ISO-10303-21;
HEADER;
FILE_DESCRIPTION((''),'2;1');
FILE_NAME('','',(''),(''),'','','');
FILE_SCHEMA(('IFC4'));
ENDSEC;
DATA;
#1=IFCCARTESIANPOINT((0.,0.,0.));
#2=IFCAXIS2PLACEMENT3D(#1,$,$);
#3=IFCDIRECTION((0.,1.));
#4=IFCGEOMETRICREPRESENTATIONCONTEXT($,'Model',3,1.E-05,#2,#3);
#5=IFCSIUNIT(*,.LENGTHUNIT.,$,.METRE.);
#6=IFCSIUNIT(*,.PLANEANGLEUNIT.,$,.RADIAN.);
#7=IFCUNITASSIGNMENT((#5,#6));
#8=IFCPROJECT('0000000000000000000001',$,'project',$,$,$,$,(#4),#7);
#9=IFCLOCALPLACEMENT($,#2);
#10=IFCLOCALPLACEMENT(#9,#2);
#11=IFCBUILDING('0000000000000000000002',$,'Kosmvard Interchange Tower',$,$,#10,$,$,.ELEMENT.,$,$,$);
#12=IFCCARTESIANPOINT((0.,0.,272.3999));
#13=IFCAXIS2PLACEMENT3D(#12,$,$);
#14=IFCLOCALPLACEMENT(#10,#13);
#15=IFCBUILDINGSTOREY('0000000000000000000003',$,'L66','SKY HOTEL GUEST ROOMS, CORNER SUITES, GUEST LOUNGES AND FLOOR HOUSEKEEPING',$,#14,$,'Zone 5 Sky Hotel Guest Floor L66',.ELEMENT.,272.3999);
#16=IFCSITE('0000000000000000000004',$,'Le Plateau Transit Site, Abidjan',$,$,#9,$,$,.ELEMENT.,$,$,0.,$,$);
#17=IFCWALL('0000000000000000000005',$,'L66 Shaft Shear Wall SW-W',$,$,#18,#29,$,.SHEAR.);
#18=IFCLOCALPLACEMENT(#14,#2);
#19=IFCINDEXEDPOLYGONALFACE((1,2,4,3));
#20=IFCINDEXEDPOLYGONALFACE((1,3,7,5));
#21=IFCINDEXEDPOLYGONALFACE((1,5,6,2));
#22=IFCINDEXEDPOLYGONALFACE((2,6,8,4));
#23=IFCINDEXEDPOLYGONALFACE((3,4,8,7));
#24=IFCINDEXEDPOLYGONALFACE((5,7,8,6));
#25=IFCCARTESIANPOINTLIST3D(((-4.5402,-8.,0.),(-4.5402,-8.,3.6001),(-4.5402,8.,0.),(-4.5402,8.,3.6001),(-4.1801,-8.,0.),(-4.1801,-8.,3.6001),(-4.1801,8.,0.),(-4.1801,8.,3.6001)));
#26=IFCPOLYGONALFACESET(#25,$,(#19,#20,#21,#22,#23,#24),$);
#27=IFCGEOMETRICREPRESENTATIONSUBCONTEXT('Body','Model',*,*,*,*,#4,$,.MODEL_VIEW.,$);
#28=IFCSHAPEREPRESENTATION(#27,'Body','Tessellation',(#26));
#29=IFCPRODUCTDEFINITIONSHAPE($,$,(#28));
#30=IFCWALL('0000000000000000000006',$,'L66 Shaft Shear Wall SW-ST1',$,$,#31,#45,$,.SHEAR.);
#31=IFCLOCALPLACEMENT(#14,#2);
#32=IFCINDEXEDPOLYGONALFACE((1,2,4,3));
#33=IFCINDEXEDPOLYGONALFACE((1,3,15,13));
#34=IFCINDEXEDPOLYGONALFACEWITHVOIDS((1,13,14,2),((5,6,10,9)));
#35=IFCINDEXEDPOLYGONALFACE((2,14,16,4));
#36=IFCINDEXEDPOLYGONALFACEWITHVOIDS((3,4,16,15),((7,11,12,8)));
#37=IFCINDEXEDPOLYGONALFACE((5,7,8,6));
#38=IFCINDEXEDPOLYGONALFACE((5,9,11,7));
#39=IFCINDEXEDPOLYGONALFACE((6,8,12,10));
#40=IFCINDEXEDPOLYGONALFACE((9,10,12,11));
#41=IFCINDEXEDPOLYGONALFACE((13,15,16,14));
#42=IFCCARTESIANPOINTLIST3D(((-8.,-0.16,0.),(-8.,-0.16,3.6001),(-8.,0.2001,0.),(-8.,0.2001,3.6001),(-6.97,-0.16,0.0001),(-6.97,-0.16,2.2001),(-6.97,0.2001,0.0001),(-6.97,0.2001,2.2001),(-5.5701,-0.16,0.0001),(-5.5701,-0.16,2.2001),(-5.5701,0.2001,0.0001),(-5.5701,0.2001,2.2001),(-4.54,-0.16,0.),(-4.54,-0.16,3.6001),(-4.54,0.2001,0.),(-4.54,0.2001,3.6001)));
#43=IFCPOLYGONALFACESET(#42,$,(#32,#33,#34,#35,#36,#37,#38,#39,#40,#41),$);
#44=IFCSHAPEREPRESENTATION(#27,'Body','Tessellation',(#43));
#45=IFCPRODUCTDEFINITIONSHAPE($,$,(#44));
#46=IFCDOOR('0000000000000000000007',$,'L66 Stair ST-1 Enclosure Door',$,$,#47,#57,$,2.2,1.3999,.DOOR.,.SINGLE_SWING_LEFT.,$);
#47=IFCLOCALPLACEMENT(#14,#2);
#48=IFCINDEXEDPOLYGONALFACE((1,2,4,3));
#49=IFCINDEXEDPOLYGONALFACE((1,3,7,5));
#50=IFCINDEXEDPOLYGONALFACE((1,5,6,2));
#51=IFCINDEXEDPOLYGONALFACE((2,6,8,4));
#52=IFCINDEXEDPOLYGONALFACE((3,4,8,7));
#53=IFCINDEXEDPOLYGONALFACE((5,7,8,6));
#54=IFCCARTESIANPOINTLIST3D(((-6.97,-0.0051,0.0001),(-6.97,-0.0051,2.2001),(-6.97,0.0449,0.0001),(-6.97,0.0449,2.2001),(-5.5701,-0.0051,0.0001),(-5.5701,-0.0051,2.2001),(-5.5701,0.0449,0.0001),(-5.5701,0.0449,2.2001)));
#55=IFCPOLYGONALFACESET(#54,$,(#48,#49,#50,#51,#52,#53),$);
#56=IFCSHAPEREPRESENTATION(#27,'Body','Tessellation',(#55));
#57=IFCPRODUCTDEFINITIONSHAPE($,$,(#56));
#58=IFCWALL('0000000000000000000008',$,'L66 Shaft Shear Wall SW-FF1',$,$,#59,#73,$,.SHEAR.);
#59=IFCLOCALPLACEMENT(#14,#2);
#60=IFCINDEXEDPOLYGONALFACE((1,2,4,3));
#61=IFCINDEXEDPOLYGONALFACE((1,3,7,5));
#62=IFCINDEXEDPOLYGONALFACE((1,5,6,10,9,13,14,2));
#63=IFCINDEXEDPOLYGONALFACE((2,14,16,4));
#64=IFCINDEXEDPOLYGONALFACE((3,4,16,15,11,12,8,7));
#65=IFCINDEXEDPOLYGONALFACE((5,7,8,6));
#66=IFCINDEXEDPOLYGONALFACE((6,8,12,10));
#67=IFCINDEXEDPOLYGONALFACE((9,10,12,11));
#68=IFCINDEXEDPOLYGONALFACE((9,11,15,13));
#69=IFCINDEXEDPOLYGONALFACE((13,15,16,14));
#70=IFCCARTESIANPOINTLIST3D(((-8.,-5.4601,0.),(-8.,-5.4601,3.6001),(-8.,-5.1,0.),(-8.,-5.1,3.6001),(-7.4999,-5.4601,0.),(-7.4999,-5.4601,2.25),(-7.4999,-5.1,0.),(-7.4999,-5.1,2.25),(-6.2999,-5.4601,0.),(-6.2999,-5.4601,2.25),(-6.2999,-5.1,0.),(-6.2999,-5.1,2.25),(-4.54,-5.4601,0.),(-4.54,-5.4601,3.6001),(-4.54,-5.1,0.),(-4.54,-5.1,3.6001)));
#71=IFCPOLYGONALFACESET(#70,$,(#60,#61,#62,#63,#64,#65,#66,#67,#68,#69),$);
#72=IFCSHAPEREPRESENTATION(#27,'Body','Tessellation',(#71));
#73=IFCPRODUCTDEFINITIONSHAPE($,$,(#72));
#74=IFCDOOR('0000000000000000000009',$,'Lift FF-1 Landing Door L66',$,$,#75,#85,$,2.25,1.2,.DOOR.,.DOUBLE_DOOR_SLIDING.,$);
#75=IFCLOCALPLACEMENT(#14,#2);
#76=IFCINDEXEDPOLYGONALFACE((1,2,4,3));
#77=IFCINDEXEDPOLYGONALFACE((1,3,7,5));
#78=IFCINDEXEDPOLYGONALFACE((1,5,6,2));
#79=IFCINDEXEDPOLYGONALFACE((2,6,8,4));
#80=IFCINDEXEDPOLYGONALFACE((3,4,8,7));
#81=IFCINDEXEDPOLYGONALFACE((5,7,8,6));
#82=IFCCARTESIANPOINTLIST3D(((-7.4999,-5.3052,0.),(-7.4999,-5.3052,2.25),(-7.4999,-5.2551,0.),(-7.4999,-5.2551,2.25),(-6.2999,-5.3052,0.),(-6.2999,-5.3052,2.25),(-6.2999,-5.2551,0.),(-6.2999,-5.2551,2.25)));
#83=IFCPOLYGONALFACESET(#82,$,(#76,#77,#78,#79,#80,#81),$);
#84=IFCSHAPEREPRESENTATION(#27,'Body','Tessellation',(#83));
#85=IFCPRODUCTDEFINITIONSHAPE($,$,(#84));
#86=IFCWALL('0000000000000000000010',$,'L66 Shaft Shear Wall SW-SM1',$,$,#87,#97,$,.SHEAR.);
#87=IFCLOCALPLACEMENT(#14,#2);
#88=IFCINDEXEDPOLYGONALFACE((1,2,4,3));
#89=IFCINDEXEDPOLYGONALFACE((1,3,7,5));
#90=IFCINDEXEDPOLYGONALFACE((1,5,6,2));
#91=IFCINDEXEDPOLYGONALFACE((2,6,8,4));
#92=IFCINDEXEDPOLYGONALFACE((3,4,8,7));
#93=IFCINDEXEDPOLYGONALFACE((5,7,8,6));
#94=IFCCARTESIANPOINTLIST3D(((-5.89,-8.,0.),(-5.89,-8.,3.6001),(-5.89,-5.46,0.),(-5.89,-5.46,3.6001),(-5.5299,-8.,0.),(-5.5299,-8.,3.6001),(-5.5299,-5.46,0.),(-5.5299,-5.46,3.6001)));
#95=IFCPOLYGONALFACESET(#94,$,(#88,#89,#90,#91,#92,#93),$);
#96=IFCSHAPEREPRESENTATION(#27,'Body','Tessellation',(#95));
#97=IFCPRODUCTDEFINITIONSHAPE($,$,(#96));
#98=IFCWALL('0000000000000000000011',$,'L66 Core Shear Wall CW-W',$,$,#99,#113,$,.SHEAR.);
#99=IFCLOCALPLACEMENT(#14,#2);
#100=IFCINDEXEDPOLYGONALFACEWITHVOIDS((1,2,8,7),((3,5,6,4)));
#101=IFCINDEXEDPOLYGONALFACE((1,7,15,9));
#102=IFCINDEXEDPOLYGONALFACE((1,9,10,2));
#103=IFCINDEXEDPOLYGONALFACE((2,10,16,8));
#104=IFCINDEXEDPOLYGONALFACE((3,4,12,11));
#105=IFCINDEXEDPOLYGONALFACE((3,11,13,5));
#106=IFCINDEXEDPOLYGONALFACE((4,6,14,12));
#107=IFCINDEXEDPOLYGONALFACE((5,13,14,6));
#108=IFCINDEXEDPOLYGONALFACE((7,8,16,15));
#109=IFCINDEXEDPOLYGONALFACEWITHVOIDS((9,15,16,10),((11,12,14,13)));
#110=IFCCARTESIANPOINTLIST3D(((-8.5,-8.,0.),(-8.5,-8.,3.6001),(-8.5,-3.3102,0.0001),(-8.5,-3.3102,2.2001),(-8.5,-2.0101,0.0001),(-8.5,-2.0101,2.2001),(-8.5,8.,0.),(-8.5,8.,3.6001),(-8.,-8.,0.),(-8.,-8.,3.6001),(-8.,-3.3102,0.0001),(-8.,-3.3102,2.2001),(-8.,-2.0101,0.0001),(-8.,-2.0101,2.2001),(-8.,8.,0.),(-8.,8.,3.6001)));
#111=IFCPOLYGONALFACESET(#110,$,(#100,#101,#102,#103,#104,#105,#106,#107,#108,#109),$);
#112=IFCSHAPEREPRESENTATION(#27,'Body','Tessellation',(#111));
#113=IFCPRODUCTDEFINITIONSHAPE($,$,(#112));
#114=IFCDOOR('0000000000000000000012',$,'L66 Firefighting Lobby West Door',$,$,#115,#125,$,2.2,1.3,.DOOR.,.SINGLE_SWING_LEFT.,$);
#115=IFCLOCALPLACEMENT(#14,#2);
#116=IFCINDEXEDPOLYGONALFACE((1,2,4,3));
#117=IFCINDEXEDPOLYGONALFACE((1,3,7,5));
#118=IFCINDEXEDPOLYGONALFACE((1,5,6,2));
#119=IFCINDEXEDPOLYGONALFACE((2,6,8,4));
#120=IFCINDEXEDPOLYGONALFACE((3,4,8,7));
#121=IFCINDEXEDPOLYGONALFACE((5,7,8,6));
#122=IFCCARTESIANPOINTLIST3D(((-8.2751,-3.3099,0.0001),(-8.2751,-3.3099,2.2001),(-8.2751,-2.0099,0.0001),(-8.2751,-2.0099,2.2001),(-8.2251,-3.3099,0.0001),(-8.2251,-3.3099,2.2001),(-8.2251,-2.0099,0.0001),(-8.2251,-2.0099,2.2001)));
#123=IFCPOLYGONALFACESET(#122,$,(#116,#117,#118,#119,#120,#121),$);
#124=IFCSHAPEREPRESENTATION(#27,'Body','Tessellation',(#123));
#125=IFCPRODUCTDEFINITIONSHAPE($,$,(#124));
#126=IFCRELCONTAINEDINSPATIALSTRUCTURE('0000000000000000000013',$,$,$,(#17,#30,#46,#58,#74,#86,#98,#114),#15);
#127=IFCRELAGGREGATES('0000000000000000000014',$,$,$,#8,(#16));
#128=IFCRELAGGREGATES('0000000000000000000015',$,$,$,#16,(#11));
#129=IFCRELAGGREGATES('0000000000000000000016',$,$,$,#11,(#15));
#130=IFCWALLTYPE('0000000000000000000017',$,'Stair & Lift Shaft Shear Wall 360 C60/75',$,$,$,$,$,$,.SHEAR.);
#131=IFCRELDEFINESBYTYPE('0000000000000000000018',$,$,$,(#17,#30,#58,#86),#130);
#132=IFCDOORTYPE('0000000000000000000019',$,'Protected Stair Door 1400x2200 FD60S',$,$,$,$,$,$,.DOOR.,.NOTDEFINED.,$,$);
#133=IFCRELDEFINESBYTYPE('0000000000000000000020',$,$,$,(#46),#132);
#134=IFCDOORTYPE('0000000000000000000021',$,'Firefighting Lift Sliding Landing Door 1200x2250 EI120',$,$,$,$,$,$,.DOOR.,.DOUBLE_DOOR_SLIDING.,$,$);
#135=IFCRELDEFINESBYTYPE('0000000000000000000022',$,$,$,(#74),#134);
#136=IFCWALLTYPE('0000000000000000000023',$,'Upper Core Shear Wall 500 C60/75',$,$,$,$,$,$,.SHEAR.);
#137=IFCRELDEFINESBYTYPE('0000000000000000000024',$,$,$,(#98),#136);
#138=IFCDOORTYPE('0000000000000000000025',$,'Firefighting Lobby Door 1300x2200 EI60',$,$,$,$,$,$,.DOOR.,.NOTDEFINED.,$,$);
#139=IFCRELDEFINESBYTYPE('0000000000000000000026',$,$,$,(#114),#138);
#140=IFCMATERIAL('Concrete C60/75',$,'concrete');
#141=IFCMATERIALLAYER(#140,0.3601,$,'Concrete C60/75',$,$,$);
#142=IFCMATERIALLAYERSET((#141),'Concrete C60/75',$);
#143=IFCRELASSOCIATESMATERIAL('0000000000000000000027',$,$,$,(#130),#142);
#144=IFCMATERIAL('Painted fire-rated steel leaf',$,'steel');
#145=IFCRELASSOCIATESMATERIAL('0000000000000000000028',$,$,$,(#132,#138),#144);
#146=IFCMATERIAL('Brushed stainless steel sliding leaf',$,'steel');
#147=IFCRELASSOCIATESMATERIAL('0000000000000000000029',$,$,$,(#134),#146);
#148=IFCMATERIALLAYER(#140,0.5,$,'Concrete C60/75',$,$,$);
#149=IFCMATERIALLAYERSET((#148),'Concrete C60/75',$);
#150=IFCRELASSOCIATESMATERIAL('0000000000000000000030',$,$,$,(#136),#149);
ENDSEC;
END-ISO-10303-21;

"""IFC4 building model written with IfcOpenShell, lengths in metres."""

from ifc_helpers import new_model, si_unit, direction, frame, frame_2d, origin, place, context, subcontext, project, spatial, rectangle, extrude, source, transform, mapped, material, layer, layer_set, type_object, element, fill, save


model = new_model("IFC4")

# Units and contexts
model_context = context("Model", 3, precision=1e-05, world=origin(), true_north=direction((0.0, 1.0)))
body_context = subcontext(model_context, "Body", "Model", "MODEL_VIEW")
ifc_project = project(units=[si_unit("LENGTHUNIT", "METRE"), si_unit("PLANEANGLEUNIT", "RADIAN")], contexts=[model_context])

# Site, building, storey
site_placement = place(None, origin())
site = spatial("IfcSite", under=ifc_project, at=site_placement, Name="Le Plateau Transit Site, Abidjan", CompositionType="ELEMENT", RefElevation=0.0)
building_placement = place(site_placement, origin())
building = spatial("IfcBuilding", under=site, at=building_placement, Name="Kosmvard Interchange Tower", CompositionType="ELEMENT")
storey_placement = place(building_placement, frame((0.0, 0.0, 272.3999)))
storey = spatial("IfcBuildingStorey", under=building, at=storey_placement, Name="L66", Description="SKY HOTEL GUEST ROOMS, CORNER SUITES, GUEST LOUNGES AND FLOOR HOUSEKEEPING", LongName="Zone 5 Sky Hotel Guest Floor L66", CompositionType="ELEMENT", Elevation=272.3999)

# Shared definitions
ifc_material_1 = material(Name="Painted fire-rated steel leaf", Category="steel")
ifc_material_2 = material(Name="Brushed stainless steel sliding leaf", Category="steel")

# Wall
ifc_material_3 = material(Name="Concrete C60/75", Category="concrete")
ifc_layer_1 = layer(ifc_material_3, 0.3601, Name="Concrete C60/75")
ifc_layer_set_1 = layer_set([ifc_layer_1], Name="Concrete C60/75")
wall_type_1 = type_object("IfcWallType", Name="Stair & Lift Shaft Shear Wall 360 C60/75", PredefinedType="SHEAR", material=ifc_layer_set_1)
wall_1_placement = place(storey_placement, frame((-4.3601, -8.0, 0.0), z_axis=(0.0, 0.0, 1.0), x_axis=(0.0, 1.0, 0.0)))
element("IfcWall", 1, at=wall_1_placement, inside=storey, type_object=wall_type_1, Name="L66 Shaft Shear Wall SW-W", PredefinedType="SHEAR", context=body_context, shape_type="SweptSolid", body=[
    extrude(rectangle(XDim=16.0, YDim=0.3601, at=frame_2d((8.0, 0.0))), origin(), (0.0, 0.0, 1.0), 3.6001),
])

# Walls, openings, doors
wall_2_placement = place(storey_placement, frame((-8.0, 0.02, 0.0), z_axis=(0.0, 0.0, 1.0), x_axis=(1.0, 0.0, 0.0)))
wall_2 = element("IfcWall", 2, at=wall_2_placement, inside=storey, type_object=wall_type_1, Name="L66 Shaft Shear Wall SW-ST1", PredefinedType="SHEAR", context=body_context, shape_type="SweptSolid", body=[
    extrude(rectangle(XDim=3.46, YDim=0.3601, at=frame_2d((1.73, 0.0))), origin(), (0.0, 0.0, 1.0), 3.6001),
])
opening_1_placement = place(wall_2_placement, frame((1.03, 0.0, 0.0)))
opening_1 = element("IfcOpeningElement", 3, at=opening_1_placement, cuts=wall_2, PredefinedType="OPENING", context=body_context, shape_type="SweptSolid", body=[
    extrude(rectangle(XDim=1.3999, YDim=2.2, at=frame_2d((0.7, 1.1001))), frame((0.0, 0.1899, 0.0), z_axis=(0.0, -1.0, 0.0), x_axis=(1.0, 0.0, 0.0)), (0.0, 0.0, 1.0), 0.3801),
])
door_type_1 = type_object("IfcDoorType", Name="Protected Stair Door 1400x2200 FD60S", OperationType="NOTDEFINED", PredefinedType="DOOR", material=ifc_material_1)
shared_shape_1 = source(origin(), body_context, "Body", "SweptSolid", [
    extrude(rectangle(XDim=1.3999, YDim=2.2, at=frame_2d((0.7, 1.1001))), frame((0.0, 0.0249, 0.0), z_axis=(0.0, -1.0, 0.0), x_axis=(1.0, 0.0, 0.0)), (0.0, 0.0, 1.0), 0.05),
])
door_1_placement = place(opening_1_placement, origin())
door_1 = element("IfcDoor", 4, at=door_1_placement, inside=storey, type_object=door_type_1, Name="L66 Stair ST-1 Enclosure Door", OperationType="SINGLE_SWING_LEFT", OverallHeight=2.2, OverallWidth=1.3999, PredefinedType="DOOR", context=body_context, shape_type="MappedRepresentation", body=[
    mapped(shared_shape_1, transform((0.0, 0.0, 0.0), scale=1.0)),
])
fill(opening_1, door_1)
wall_3_placement = place(storey_placement, frame((-8.0, -5.28, 0.0), z_axis=(0.0, 0.0, 1.0), x_axis=(1.0, 0.0, 0.0)))
wall_3 = element("IfcWall", 5, at=wall_3_placement, inside=storey, type_object=wall_type_1, Name="L66 Shaft Shear Wall SW-FF1", PredefinedType="SHEAR", context=body_context, shape_type="SweptSolid", body=[
    extrude(rectangle(XDim=3.46, YDim=0.3601, at=frame_2d((1.73, 0.0))), origin(), (0.0, 0.0, 1.0), 3.6001),
])
opening_2_placement = place(wall_3_placement, frame((0.5, 0.0, 0.0)))
opening_2 = element("IfcOpeningElement", 6, at=opening_2_placement, cuts=wall_3, PredefinedType="OPENING", context=body_context, shape_type="SweptSolid", body=[
    extrude(rectangle(XDim=1.2, YDim=2.25, at=frame_2d((0.6001, 1.125))), frame((0.0, 0.1899, 0.0), z_axis=(0.0, -1.0, 0.0), x_axis=(1.0, 0.0, 0.0)), (0.0, 0.0, 1.0), 0.3801),
])
door_type_2 = type_object("IfcDoorType", Name="Firefighting Lift Sliding Landing Door 1200x2250 EI120", OperationType="DOUBLE_DOOR_SLIDING", PredefinedType="DOOR", material=ifc_material_2)
shared_shape_2 = source(origin(), body_context, "Body", "SweptSolid", [
    extrude(rectangle(XDim=1.2, YDim=2.25, at=frame_2d((0.6001, 1.125))), frame((0.0, 0.0249, 0.0), z_axis=(0.0, -1.0, 0.0), x_axis=(1.0, 0.0, 0.0)), (0.0, 0.0, 1.0), 0.05),
])
door_2_placement = place(opening_2_placement, origin())
door_2 = element("IfcDoor", 7, at=door_2_placement, inside=storey, type_object=door_type_2, Name="Lift FF-1 Landing Door L66", OperationType="DOUBLE_DOOR_SLIDING", OverallHeight=2.25, OverallWidth=1.2, PredefinedType="DOOR", context=body_context, shape_type="MappedRepresentation", body=[
    mapped(shared_shape_2, transform((0.0, 0.0, 0.0), scale=1.0)),
])
fill(opening_2, door_2)

# Wall
wall_4_placement = place(storey_placement, frame((-5.71, -8.0, 0.0), z_axis=(0.0, 0.0, 1.0), x_axis=(0.0, 1.0, 0.0)))
element("IfcWall", 8, at=wall_4_placement, inside=storey, type_object=wall_type_1, Name="L66 Shaft Shear Wall SW-SM1", PredefinedType="SHEAR", context=body_context, shape_type="SweptSolid", body=[
    extrude(rectangle(XDim=2.54, YDim=0.3601, at=frame_2d((1.27, 0.0))), origin(), (0.0, 0.0, 1.0), 3.6001),
])

# Wall, opening, door
ifc_layer_2 = layer(ifc_material_3, 0.5, Name="Concrete C60/75")
ifc_layer_set_2 = layer_set([ifc_layer_2], Name="Concrete C60/75")
wall_type_2 = type_object("IfcWallType", Name="Upper Core Shear Wall 500 C60/75", PredefinedType="SHEAR", material=ifc_layer_set_2)
wall_5_placement = place(storey_placement, frame((-8.25, -8.0, 0.0), z_axis=(0.0, 0.0, 1.0), x_axis=(0.0, 1.0, 0.0)))
wall_5 = element("IfcWall", 9, at=wall_5_placement, inside=storey, type_object=wall_type_2, Name="L66 Core Shear Wall CW-W", PredefinedType="SHEAR", context=body_context, shape_type="SweptSolid", body=[
    extrude(rectangle(XDim=16.0, YDim=0.5, at=frame_2d((8.0, 0.0))), origin(), (0.0, 0.0, 1.0), 3.6001),
])
opening_3_placement = place(wall_5_placement, frame((4.6899, 0.0, 0.0)))
opening_3 = element("IfcOpeningElement", 10, at=opening_3_placement, cuts=wall_5, PredefinedType="OPENING", context=body_context, shape_type="SweptSolid", body=[
    extrude(rectangle(XDim=1.3, YDim=2.2, at=frame_2d((0.6499, 1.1001))), frame((0.0, 0.26, 0.0), z_axis=(0.0, -1.0, 0.0), x_axis=(1.0, 0.0, 0.0)), (0.0, 0.0, 1.0), 0.52),
])
door_type_3 = type_object("IfcDoorType", Name="Firefighting Lobby Door 1300x2200 EI60", OperationType="NOTDEFINED", PredefinedType="DOOR", material=ifc_material_1)
shared_shape_3 = source(origin(), body_context, "Body", "SweptSolid", [
    extrude(rectangle(XDim=1.3, YDim=2.2, at=frame_2d((0.6499, 1.1001))), frame((0.0, 0.0249, 0.0), z_axis=(0.0, -1.0, 0.0), x_axis=(1.0, 0.0, 0.0)), (0.0, 0.0, 1.0), 0.05),
])
door_3_placement = place(opening_3_placement, frame((1.3, 0.0, 0.0), z_axis=(0.0, 0.0, 1.0), x_axis=(-1.0, 0.0, 0.0)))
door_3 = element("IfcDoor", 11, at=door_3_placement, inside=storey, type_object=door_type_3, Name="L66 Firefighting Lobby West Door", OperationType="SINGLE_SWING_LEFT", OverallHeight=2.2, OverallWidth=1.3, PredefinedType="DOOR", context=body_context, shape_type="MappedRepresentation", body=[
    mapped(shared_shape_3, transform((0.0, 0.0, 0.0), scale=1.0)),
])
fill(opening_3, door_3)

save(model, "model.ifc")
